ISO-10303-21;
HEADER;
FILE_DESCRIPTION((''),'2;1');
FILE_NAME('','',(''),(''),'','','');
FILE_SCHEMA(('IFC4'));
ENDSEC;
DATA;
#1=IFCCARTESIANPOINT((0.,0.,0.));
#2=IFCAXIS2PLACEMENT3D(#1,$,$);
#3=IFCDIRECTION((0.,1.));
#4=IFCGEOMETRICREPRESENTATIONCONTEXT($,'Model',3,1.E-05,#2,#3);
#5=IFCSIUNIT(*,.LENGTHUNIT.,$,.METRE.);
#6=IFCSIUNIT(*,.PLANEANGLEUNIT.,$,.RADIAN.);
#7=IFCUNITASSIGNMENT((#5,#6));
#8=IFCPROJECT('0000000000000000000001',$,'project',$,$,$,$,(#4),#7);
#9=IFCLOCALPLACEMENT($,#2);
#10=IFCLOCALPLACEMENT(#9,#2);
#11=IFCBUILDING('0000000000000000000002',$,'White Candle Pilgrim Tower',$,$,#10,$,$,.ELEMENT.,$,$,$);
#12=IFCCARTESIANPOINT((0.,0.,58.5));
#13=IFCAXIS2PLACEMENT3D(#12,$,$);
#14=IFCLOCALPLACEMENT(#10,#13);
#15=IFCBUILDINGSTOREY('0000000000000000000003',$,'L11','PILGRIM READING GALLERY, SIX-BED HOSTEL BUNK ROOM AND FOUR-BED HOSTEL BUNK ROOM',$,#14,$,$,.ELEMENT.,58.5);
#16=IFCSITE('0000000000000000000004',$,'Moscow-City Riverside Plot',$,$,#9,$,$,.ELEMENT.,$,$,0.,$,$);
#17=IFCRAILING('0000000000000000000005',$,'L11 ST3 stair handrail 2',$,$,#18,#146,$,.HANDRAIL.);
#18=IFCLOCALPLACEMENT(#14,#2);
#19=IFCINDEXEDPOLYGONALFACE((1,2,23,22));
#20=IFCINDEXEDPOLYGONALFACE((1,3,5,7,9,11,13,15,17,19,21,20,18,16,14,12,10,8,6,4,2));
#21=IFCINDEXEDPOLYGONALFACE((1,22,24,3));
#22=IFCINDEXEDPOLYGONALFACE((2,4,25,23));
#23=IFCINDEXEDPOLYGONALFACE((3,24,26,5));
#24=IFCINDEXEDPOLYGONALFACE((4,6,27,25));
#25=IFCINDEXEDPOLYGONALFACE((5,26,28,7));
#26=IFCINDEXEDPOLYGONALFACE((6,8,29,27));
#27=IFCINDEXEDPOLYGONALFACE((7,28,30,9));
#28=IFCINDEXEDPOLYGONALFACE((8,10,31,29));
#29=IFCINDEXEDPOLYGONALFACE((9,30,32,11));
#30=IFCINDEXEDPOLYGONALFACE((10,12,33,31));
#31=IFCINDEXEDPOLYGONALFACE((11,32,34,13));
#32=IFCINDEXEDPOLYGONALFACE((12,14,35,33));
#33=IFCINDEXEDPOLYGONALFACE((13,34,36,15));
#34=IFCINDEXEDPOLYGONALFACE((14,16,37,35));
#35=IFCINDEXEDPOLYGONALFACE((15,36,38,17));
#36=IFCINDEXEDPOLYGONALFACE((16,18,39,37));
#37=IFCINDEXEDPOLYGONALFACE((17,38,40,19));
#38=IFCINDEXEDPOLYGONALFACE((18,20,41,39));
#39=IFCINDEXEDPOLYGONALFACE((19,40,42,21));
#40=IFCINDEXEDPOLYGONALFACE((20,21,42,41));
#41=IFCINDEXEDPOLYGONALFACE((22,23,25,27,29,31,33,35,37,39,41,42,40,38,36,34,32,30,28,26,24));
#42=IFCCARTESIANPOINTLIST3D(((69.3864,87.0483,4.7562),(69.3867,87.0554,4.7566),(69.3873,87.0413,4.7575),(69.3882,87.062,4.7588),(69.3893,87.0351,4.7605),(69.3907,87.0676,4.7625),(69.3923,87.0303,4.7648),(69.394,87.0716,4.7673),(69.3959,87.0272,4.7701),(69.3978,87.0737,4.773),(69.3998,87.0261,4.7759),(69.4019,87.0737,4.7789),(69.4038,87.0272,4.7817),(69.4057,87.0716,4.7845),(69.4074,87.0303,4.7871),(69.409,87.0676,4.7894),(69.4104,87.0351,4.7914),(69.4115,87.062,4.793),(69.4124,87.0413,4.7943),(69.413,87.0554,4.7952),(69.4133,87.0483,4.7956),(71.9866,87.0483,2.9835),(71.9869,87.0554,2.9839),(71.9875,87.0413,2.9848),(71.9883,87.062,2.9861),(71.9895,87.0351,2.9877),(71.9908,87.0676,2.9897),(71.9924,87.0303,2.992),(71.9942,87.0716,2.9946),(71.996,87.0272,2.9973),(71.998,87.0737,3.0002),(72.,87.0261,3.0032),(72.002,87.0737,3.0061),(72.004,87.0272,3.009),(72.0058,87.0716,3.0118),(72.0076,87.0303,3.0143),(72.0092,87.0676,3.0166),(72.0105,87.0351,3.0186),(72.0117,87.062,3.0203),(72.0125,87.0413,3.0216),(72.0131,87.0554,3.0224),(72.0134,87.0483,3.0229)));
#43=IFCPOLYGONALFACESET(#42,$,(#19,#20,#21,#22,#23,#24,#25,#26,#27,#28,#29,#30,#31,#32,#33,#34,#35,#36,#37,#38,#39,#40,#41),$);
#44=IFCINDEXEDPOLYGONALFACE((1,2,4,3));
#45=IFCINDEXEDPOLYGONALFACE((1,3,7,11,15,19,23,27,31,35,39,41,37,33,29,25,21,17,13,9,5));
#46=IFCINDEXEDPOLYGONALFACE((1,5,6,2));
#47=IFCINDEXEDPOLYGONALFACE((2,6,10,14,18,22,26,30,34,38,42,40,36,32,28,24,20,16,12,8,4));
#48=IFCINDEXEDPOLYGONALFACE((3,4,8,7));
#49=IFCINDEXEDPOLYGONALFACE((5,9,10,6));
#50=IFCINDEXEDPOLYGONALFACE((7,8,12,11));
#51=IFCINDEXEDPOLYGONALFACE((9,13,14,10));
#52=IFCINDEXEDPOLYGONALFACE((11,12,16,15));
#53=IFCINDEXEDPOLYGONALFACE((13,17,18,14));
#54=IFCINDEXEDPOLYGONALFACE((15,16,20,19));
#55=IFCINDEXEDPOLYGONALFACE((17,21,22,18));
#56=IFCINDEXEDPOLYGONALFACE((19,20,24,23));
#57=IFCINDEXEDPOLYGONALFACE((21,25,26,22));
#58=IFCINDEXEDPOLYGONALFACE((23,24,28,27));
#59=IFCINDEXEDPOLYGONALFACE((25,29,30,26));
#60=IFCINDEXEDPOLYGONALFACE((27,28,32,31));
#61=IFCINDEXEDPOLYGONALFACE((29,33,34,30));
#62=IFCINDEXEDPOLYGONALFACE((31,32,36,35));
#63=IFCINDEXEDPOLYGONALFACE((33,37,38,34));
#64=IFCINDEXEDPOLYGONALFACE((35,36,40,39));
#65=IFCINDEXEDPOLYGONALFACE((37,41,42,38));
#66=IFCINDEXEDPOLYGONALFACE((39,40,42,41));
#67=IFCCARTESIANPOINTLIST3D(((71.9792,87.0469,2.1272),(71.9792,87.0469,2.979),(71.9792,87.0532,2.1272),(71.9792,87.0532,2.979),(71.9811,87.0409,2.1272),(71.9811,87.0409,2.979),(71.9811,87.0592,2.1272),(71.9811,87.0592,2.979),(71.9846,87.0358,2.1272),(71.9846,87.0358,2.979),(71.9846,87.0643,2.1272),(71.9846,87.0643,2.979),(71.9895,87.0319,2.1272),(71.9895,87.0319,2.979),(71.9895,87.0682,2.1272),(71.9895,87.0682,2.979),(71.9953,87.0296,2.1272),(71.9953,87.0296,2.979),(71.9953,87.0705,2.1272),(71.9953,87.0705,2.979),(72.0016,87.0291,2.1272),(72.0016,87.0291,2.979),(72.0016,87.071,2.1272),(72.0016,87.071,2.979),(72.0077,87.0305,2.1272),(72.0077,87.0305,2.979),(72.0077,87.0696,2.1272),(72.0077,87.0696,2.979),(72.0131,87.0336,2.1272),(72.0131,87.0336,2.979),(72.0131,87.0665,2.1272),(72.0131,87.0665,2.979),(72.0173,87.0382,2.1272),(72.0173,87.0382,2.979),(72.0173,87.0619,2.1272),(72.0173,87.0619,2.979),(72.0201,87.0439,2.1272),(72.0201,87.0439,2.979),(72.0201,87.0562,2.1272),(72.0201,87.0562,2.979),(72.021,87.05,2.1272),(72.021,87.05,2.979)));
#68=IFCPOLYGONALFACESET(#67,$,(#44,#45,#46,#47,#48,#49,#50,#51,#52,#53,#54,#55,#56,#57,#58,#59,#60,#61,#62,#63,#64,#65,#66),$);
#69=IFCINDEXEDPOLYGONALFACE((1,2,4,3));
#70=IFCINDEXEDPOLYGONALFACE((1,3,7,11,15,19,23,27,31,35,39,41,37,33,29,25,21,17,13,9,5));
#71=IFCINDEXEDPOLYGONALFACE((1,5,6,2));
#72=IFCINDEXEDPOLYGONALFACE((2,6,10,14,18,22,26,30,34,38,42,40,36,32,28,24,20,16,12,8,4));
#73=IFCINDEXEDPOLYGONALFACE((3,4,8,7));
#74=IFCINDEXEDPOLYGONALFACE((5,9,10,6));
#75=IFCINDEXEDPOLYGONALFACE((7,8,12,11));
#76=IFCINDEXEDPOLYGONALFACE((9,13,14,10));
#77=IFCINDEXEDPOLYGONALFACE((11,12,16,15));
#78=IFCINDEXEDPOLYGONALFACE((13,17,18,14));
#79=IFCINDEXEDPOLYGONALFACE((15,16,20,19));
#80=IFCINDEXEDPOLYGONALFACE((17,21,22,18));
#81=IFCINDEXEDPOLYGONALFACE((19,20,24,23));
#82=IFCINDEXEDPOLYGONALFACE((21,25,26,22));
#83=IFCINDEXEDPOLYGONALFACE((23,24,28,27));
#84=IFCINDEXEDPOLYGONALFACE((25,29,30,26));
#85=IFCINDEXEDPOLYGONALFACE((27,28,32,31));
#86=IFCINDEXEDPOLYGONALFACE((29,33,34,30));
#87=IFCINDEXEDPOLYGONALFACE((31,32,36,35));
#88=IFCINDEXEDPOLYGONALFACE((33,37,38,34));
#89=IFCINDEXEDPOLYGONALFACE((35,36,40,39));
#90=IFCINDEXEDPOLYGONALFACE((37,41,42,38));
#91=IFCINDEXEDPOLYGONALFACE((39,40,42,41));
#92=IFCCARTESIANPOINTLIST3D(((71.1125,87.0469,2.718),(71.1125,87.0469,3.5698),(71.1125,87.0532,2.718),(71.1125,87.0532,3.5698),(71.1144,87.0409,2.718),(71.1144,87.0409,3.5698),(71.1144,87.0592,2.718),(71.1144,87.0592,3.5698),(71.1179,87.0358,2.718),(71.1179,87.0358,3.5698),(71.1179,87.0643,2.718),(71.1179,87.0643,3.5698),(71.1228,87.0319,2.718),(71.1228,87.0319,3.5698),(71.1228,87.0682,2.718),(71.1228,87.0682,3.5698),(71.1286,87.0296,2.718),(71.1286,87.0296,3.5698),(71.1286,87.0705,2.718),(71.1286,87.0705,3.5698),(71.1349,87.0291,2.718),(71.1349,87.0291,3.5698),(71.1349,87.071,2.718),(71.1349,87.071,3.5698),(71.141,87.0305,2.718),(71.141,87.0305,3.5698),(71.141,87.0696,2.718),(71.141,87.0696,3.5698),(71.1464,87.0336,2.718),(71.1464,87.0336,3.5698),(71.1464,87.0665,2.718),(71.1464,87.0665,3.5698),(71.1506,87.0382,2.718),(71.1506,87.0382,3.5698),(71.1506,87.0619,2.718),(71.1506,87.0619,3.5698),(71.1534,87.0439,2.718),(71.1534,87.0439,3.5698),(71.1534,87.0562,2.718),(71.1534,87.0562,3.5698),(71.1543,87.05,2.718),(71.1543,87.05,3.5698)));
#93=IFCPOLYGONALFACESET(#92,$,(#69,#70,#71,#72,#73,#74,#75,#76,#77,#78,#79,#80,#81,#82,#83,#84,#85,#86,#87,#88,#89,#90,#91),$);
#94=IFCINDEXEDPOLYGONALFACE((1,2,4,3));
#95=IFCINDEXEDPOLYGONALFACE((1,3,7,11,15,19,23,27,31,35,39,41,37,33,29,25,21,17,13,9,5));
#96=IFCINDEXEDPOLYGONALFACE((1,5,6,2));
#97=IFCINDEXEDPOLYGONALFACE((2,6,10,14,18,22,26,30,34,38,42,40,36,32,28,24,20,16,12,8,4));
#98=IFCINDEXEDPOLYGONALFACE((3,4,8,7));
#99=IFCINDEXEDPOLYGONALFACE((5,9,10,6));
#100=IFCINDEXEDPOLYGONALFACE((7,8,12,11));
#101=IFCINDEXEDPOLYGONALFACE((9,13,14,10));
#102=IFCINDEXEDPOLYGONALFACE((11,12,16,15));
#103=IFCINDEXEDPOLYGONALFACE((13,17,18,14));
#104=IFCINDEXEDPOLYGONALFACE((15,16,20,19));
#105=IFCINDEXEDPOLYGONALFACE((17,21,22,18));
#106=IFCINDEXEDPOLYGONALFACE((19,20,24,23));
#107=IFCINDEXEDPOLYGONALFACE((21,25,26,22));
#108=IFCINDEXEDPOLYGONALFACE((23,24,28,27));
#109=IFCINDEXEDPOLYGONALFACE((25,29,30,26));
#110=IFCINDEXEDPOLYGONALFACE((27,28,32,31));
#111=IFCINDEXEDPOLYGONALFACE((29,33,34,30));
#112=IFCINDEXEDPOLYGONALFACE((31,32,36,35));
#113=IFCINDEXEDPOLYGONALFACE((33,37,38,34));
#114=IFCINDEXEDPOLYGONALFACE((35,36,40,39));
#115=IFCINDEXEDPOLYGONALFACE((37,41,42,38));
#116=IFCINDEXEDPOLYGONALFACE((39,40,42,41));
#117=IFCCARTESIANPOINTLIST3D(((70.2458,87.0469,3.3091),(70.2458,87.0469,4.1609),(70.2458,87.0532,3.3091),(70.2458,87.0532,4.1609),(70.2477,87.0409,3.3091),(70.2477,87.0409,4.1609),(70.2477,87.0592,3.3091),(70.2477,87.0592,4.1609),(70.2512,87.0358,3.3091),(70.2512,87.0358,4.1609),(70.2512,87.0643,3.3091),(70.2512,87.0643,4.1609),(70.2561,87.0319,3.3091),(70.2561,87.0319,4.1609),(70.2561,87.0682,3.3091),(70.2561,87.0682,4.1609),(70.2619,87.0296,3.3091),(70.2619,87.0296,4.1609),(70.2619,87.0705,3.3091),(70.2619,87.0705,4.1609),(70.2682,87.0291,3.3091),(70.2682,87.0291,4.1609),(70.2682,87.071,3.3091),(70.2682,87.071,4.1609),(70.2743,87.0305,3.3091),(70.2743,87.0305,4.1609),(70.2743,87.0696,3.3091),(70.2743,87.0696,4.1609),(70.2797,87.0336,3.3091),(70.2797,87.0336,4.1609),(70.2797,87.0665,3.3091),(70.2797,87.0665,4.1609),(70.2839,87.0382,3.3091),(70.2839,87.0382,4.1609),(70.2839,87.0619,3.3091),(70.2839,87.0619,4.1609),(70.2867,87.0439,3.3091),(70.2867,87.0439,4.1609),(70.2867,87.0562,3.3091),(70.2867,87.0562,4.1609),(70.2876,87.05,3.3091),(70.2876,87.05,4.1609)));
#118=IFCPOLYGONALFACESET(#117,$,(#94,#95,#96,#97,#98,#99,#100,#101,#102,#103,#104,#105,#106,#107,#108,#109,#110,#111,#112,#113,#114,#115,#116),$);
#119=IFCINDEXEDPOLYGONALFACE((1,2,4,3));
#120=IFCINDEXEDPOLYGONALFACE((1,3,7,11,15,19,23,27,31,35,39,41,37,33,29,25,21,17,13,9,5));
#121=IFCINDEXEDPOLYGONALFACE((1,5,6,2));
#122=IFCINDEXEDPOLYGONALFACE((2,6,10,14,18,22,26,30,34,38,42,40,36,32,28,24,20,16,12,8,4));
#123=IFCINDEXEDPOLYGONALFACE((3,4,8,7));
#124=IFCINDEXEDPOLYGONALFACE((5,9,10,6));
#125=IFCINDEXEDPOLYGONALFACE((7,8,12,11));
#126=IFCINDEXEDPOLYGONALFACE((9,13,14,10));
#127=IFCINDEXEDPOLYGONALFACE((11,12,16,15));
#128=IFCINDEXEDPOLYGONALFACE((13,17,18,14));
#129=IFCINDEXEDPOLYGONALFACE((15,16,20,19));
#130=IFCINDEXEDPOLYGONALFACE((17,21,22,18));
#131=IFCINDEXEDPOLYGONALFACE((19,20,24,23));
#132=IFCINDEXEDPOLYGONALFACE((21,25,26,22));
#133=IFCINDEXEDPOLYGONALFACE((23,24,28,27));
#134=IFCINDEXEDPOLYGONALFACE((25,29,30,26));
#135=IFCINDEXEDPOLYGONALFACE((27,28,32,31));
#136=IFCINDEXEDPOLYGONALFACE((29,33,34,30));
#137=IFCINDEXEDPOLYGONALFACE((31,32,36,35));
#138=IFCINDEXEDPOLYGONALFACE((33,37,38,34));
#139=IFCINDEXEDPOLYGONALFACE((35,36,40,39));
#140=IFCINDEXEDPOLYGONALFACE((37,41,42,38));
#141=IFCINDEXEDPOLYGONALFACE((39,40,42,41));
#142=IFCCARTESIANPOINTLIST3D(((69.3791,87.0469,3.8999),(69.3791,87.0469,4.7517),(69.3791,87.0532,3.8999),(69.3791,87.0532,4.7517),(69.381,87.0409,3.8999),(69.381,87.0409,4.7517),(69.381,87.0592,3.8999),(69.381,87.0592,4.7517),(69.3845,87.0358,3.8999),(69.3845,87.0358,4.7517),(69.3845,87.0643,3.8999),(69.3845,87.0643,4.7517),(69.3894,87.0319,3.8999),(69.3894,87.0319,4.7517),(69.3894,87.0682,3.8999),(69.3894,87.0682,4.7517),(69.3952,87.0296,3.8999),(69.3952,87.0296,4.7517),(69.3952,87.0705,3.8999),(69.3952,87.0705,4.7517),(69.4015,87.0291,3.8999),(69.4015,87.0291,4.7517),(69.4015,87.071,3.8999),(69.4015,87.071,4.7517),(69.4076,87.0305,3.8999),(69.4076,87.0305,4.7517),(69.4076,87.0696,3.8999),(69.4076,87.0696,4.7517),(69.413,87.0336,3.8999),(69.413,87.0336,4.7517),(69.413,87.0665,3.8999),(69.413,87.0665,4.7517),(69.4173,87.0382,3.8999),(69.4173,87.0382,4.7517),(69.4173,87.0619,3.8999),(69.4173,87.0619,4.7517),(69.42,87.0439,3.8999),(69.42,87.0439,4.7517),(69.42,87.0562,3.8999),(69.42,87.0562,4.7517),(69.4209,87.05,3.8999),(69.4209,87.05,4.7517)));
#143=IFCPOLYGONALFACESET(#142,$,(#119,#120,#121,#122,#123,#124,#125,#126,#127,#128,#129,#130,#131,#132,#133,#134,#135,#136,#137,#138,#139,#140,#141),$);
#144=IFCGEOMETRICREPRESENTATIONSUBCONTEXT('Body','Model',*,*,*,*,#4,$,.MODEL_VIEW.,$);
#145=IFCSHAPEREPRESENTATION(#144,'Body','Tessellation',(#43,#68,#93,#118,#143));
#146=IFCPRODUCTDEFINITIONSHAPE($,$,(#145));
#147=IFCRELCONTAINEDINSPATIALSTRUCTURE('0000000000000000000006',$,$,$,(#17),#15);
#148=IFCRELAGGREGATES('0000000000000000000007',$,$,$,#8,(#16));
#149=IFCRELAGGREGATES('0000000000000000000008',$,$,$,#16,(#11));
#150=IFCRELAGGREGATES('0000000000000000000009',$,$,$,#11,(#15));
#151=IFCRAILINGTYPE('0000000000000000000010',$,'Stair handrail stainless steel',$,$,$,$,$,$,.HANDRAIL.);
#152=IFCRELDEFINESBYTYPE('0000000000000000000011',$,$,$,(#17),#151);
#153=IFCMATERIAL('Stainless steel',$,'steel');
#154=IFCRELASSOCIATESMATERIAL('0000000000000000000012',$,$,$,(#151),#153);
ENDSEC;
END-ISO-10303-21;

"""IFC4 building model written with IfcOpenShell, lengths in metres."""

from ifc_helpers import new_model, si_unit, direction, frame, origin, origin_2d, place, context, subcontext, project, spatial, circle, extrude, material, type_object, element, save


model = new_model("IFC4")

# Units and contexts
model_context = context("Model", 3, precision=1e-05, world=origin(), true_north=direction((0.0, 1.0)))
body_context = subcontext(model_context, "Body", "Model", "MODEL_VIEW")
ifc_project = project(units=[si_unit("LENGTHUNIT", "METRE"), si_unit("PLANEANGLEUNIT", "RADIAN")], contexts=[model_context])

# Site, building, storey
site_placement = place(None, origin())
site = spatial("IfcSite", under=ifc_project, at=site_placement, Name="Moscow-City Riverside Plot", CompositionType="ELEMENT", RefElevation=0.0)
building_placement = place(site_placement, origin())
building = spatial("IfcBuilding", under=site, at=building_placement, Name="White Candle Pilgrim Tower", CompositionType="ELEMENT")
storey_placement = place(building_placement, frame((0.0, 0.0, 58.5)))
storey = spatial("IfcBuildingStorey", under=building, at=storey_placement, Name="L11", Description="PILGRIM READING GALLERY, SIX-BED HOSTEL BUNK ROOM AND FOUR-BED HOSTEL BUNK ROOM", CompositionType="ELEMENT", Elevation=58.5)

# Railing
ifc_material_1 = material(Name="Stainless steel", Category="steel")
railing_type_1 = type_object("IfcRailingType", Name="Stair handrail stainless steel", PredefinedType="HANDRAIL", material=ifc_material_1)
railing_1_placement = place(storey_placement, frame((72.0, 87.05, 2.1272)))
element("IfcRailing", 1, at=railing_1_placement, inside=storey, type_object=railing_type_1, Name="L11 ST3 stair handrail 2", PredefinedType="HANDRAIL", context=body_context, shape_type="SweptSolid", body=[
    extrude(circle(Radius=0.0239, at=origin_2d()), frame((0.0, 0.0, 0.876), z_axis=(-0.82624, 0.0, 0.563318), x_axis=(0.0, -1.0, 0.0)), (0.0, 0.0, 1.0), 3.147),
    extrude(circle(Radius=0.021, at=origin_2d()), origin(), (0.0, 0.0, 1.0), 0.8518),
    extrude(circle(Radius=0.021, at=origin_2d()), frame((-0.8667, 0.0, 0.5908)), (0.0, 0.0, 1.0), 0.8518),
    extrude(circle(Radius=0.021, at=origin_2d()), frame((-1.7334, 0.0, 1.1819)), (0.0, 0.0, 1.0), 0.8518),
    extrude(circle(Radius=0.021, at=origin_2d()), frame((-2.6001, 0.0, 1.7727)), (0.0, 0.0, 1.0), 0.8518),
])

save(model, "model.ifc")
